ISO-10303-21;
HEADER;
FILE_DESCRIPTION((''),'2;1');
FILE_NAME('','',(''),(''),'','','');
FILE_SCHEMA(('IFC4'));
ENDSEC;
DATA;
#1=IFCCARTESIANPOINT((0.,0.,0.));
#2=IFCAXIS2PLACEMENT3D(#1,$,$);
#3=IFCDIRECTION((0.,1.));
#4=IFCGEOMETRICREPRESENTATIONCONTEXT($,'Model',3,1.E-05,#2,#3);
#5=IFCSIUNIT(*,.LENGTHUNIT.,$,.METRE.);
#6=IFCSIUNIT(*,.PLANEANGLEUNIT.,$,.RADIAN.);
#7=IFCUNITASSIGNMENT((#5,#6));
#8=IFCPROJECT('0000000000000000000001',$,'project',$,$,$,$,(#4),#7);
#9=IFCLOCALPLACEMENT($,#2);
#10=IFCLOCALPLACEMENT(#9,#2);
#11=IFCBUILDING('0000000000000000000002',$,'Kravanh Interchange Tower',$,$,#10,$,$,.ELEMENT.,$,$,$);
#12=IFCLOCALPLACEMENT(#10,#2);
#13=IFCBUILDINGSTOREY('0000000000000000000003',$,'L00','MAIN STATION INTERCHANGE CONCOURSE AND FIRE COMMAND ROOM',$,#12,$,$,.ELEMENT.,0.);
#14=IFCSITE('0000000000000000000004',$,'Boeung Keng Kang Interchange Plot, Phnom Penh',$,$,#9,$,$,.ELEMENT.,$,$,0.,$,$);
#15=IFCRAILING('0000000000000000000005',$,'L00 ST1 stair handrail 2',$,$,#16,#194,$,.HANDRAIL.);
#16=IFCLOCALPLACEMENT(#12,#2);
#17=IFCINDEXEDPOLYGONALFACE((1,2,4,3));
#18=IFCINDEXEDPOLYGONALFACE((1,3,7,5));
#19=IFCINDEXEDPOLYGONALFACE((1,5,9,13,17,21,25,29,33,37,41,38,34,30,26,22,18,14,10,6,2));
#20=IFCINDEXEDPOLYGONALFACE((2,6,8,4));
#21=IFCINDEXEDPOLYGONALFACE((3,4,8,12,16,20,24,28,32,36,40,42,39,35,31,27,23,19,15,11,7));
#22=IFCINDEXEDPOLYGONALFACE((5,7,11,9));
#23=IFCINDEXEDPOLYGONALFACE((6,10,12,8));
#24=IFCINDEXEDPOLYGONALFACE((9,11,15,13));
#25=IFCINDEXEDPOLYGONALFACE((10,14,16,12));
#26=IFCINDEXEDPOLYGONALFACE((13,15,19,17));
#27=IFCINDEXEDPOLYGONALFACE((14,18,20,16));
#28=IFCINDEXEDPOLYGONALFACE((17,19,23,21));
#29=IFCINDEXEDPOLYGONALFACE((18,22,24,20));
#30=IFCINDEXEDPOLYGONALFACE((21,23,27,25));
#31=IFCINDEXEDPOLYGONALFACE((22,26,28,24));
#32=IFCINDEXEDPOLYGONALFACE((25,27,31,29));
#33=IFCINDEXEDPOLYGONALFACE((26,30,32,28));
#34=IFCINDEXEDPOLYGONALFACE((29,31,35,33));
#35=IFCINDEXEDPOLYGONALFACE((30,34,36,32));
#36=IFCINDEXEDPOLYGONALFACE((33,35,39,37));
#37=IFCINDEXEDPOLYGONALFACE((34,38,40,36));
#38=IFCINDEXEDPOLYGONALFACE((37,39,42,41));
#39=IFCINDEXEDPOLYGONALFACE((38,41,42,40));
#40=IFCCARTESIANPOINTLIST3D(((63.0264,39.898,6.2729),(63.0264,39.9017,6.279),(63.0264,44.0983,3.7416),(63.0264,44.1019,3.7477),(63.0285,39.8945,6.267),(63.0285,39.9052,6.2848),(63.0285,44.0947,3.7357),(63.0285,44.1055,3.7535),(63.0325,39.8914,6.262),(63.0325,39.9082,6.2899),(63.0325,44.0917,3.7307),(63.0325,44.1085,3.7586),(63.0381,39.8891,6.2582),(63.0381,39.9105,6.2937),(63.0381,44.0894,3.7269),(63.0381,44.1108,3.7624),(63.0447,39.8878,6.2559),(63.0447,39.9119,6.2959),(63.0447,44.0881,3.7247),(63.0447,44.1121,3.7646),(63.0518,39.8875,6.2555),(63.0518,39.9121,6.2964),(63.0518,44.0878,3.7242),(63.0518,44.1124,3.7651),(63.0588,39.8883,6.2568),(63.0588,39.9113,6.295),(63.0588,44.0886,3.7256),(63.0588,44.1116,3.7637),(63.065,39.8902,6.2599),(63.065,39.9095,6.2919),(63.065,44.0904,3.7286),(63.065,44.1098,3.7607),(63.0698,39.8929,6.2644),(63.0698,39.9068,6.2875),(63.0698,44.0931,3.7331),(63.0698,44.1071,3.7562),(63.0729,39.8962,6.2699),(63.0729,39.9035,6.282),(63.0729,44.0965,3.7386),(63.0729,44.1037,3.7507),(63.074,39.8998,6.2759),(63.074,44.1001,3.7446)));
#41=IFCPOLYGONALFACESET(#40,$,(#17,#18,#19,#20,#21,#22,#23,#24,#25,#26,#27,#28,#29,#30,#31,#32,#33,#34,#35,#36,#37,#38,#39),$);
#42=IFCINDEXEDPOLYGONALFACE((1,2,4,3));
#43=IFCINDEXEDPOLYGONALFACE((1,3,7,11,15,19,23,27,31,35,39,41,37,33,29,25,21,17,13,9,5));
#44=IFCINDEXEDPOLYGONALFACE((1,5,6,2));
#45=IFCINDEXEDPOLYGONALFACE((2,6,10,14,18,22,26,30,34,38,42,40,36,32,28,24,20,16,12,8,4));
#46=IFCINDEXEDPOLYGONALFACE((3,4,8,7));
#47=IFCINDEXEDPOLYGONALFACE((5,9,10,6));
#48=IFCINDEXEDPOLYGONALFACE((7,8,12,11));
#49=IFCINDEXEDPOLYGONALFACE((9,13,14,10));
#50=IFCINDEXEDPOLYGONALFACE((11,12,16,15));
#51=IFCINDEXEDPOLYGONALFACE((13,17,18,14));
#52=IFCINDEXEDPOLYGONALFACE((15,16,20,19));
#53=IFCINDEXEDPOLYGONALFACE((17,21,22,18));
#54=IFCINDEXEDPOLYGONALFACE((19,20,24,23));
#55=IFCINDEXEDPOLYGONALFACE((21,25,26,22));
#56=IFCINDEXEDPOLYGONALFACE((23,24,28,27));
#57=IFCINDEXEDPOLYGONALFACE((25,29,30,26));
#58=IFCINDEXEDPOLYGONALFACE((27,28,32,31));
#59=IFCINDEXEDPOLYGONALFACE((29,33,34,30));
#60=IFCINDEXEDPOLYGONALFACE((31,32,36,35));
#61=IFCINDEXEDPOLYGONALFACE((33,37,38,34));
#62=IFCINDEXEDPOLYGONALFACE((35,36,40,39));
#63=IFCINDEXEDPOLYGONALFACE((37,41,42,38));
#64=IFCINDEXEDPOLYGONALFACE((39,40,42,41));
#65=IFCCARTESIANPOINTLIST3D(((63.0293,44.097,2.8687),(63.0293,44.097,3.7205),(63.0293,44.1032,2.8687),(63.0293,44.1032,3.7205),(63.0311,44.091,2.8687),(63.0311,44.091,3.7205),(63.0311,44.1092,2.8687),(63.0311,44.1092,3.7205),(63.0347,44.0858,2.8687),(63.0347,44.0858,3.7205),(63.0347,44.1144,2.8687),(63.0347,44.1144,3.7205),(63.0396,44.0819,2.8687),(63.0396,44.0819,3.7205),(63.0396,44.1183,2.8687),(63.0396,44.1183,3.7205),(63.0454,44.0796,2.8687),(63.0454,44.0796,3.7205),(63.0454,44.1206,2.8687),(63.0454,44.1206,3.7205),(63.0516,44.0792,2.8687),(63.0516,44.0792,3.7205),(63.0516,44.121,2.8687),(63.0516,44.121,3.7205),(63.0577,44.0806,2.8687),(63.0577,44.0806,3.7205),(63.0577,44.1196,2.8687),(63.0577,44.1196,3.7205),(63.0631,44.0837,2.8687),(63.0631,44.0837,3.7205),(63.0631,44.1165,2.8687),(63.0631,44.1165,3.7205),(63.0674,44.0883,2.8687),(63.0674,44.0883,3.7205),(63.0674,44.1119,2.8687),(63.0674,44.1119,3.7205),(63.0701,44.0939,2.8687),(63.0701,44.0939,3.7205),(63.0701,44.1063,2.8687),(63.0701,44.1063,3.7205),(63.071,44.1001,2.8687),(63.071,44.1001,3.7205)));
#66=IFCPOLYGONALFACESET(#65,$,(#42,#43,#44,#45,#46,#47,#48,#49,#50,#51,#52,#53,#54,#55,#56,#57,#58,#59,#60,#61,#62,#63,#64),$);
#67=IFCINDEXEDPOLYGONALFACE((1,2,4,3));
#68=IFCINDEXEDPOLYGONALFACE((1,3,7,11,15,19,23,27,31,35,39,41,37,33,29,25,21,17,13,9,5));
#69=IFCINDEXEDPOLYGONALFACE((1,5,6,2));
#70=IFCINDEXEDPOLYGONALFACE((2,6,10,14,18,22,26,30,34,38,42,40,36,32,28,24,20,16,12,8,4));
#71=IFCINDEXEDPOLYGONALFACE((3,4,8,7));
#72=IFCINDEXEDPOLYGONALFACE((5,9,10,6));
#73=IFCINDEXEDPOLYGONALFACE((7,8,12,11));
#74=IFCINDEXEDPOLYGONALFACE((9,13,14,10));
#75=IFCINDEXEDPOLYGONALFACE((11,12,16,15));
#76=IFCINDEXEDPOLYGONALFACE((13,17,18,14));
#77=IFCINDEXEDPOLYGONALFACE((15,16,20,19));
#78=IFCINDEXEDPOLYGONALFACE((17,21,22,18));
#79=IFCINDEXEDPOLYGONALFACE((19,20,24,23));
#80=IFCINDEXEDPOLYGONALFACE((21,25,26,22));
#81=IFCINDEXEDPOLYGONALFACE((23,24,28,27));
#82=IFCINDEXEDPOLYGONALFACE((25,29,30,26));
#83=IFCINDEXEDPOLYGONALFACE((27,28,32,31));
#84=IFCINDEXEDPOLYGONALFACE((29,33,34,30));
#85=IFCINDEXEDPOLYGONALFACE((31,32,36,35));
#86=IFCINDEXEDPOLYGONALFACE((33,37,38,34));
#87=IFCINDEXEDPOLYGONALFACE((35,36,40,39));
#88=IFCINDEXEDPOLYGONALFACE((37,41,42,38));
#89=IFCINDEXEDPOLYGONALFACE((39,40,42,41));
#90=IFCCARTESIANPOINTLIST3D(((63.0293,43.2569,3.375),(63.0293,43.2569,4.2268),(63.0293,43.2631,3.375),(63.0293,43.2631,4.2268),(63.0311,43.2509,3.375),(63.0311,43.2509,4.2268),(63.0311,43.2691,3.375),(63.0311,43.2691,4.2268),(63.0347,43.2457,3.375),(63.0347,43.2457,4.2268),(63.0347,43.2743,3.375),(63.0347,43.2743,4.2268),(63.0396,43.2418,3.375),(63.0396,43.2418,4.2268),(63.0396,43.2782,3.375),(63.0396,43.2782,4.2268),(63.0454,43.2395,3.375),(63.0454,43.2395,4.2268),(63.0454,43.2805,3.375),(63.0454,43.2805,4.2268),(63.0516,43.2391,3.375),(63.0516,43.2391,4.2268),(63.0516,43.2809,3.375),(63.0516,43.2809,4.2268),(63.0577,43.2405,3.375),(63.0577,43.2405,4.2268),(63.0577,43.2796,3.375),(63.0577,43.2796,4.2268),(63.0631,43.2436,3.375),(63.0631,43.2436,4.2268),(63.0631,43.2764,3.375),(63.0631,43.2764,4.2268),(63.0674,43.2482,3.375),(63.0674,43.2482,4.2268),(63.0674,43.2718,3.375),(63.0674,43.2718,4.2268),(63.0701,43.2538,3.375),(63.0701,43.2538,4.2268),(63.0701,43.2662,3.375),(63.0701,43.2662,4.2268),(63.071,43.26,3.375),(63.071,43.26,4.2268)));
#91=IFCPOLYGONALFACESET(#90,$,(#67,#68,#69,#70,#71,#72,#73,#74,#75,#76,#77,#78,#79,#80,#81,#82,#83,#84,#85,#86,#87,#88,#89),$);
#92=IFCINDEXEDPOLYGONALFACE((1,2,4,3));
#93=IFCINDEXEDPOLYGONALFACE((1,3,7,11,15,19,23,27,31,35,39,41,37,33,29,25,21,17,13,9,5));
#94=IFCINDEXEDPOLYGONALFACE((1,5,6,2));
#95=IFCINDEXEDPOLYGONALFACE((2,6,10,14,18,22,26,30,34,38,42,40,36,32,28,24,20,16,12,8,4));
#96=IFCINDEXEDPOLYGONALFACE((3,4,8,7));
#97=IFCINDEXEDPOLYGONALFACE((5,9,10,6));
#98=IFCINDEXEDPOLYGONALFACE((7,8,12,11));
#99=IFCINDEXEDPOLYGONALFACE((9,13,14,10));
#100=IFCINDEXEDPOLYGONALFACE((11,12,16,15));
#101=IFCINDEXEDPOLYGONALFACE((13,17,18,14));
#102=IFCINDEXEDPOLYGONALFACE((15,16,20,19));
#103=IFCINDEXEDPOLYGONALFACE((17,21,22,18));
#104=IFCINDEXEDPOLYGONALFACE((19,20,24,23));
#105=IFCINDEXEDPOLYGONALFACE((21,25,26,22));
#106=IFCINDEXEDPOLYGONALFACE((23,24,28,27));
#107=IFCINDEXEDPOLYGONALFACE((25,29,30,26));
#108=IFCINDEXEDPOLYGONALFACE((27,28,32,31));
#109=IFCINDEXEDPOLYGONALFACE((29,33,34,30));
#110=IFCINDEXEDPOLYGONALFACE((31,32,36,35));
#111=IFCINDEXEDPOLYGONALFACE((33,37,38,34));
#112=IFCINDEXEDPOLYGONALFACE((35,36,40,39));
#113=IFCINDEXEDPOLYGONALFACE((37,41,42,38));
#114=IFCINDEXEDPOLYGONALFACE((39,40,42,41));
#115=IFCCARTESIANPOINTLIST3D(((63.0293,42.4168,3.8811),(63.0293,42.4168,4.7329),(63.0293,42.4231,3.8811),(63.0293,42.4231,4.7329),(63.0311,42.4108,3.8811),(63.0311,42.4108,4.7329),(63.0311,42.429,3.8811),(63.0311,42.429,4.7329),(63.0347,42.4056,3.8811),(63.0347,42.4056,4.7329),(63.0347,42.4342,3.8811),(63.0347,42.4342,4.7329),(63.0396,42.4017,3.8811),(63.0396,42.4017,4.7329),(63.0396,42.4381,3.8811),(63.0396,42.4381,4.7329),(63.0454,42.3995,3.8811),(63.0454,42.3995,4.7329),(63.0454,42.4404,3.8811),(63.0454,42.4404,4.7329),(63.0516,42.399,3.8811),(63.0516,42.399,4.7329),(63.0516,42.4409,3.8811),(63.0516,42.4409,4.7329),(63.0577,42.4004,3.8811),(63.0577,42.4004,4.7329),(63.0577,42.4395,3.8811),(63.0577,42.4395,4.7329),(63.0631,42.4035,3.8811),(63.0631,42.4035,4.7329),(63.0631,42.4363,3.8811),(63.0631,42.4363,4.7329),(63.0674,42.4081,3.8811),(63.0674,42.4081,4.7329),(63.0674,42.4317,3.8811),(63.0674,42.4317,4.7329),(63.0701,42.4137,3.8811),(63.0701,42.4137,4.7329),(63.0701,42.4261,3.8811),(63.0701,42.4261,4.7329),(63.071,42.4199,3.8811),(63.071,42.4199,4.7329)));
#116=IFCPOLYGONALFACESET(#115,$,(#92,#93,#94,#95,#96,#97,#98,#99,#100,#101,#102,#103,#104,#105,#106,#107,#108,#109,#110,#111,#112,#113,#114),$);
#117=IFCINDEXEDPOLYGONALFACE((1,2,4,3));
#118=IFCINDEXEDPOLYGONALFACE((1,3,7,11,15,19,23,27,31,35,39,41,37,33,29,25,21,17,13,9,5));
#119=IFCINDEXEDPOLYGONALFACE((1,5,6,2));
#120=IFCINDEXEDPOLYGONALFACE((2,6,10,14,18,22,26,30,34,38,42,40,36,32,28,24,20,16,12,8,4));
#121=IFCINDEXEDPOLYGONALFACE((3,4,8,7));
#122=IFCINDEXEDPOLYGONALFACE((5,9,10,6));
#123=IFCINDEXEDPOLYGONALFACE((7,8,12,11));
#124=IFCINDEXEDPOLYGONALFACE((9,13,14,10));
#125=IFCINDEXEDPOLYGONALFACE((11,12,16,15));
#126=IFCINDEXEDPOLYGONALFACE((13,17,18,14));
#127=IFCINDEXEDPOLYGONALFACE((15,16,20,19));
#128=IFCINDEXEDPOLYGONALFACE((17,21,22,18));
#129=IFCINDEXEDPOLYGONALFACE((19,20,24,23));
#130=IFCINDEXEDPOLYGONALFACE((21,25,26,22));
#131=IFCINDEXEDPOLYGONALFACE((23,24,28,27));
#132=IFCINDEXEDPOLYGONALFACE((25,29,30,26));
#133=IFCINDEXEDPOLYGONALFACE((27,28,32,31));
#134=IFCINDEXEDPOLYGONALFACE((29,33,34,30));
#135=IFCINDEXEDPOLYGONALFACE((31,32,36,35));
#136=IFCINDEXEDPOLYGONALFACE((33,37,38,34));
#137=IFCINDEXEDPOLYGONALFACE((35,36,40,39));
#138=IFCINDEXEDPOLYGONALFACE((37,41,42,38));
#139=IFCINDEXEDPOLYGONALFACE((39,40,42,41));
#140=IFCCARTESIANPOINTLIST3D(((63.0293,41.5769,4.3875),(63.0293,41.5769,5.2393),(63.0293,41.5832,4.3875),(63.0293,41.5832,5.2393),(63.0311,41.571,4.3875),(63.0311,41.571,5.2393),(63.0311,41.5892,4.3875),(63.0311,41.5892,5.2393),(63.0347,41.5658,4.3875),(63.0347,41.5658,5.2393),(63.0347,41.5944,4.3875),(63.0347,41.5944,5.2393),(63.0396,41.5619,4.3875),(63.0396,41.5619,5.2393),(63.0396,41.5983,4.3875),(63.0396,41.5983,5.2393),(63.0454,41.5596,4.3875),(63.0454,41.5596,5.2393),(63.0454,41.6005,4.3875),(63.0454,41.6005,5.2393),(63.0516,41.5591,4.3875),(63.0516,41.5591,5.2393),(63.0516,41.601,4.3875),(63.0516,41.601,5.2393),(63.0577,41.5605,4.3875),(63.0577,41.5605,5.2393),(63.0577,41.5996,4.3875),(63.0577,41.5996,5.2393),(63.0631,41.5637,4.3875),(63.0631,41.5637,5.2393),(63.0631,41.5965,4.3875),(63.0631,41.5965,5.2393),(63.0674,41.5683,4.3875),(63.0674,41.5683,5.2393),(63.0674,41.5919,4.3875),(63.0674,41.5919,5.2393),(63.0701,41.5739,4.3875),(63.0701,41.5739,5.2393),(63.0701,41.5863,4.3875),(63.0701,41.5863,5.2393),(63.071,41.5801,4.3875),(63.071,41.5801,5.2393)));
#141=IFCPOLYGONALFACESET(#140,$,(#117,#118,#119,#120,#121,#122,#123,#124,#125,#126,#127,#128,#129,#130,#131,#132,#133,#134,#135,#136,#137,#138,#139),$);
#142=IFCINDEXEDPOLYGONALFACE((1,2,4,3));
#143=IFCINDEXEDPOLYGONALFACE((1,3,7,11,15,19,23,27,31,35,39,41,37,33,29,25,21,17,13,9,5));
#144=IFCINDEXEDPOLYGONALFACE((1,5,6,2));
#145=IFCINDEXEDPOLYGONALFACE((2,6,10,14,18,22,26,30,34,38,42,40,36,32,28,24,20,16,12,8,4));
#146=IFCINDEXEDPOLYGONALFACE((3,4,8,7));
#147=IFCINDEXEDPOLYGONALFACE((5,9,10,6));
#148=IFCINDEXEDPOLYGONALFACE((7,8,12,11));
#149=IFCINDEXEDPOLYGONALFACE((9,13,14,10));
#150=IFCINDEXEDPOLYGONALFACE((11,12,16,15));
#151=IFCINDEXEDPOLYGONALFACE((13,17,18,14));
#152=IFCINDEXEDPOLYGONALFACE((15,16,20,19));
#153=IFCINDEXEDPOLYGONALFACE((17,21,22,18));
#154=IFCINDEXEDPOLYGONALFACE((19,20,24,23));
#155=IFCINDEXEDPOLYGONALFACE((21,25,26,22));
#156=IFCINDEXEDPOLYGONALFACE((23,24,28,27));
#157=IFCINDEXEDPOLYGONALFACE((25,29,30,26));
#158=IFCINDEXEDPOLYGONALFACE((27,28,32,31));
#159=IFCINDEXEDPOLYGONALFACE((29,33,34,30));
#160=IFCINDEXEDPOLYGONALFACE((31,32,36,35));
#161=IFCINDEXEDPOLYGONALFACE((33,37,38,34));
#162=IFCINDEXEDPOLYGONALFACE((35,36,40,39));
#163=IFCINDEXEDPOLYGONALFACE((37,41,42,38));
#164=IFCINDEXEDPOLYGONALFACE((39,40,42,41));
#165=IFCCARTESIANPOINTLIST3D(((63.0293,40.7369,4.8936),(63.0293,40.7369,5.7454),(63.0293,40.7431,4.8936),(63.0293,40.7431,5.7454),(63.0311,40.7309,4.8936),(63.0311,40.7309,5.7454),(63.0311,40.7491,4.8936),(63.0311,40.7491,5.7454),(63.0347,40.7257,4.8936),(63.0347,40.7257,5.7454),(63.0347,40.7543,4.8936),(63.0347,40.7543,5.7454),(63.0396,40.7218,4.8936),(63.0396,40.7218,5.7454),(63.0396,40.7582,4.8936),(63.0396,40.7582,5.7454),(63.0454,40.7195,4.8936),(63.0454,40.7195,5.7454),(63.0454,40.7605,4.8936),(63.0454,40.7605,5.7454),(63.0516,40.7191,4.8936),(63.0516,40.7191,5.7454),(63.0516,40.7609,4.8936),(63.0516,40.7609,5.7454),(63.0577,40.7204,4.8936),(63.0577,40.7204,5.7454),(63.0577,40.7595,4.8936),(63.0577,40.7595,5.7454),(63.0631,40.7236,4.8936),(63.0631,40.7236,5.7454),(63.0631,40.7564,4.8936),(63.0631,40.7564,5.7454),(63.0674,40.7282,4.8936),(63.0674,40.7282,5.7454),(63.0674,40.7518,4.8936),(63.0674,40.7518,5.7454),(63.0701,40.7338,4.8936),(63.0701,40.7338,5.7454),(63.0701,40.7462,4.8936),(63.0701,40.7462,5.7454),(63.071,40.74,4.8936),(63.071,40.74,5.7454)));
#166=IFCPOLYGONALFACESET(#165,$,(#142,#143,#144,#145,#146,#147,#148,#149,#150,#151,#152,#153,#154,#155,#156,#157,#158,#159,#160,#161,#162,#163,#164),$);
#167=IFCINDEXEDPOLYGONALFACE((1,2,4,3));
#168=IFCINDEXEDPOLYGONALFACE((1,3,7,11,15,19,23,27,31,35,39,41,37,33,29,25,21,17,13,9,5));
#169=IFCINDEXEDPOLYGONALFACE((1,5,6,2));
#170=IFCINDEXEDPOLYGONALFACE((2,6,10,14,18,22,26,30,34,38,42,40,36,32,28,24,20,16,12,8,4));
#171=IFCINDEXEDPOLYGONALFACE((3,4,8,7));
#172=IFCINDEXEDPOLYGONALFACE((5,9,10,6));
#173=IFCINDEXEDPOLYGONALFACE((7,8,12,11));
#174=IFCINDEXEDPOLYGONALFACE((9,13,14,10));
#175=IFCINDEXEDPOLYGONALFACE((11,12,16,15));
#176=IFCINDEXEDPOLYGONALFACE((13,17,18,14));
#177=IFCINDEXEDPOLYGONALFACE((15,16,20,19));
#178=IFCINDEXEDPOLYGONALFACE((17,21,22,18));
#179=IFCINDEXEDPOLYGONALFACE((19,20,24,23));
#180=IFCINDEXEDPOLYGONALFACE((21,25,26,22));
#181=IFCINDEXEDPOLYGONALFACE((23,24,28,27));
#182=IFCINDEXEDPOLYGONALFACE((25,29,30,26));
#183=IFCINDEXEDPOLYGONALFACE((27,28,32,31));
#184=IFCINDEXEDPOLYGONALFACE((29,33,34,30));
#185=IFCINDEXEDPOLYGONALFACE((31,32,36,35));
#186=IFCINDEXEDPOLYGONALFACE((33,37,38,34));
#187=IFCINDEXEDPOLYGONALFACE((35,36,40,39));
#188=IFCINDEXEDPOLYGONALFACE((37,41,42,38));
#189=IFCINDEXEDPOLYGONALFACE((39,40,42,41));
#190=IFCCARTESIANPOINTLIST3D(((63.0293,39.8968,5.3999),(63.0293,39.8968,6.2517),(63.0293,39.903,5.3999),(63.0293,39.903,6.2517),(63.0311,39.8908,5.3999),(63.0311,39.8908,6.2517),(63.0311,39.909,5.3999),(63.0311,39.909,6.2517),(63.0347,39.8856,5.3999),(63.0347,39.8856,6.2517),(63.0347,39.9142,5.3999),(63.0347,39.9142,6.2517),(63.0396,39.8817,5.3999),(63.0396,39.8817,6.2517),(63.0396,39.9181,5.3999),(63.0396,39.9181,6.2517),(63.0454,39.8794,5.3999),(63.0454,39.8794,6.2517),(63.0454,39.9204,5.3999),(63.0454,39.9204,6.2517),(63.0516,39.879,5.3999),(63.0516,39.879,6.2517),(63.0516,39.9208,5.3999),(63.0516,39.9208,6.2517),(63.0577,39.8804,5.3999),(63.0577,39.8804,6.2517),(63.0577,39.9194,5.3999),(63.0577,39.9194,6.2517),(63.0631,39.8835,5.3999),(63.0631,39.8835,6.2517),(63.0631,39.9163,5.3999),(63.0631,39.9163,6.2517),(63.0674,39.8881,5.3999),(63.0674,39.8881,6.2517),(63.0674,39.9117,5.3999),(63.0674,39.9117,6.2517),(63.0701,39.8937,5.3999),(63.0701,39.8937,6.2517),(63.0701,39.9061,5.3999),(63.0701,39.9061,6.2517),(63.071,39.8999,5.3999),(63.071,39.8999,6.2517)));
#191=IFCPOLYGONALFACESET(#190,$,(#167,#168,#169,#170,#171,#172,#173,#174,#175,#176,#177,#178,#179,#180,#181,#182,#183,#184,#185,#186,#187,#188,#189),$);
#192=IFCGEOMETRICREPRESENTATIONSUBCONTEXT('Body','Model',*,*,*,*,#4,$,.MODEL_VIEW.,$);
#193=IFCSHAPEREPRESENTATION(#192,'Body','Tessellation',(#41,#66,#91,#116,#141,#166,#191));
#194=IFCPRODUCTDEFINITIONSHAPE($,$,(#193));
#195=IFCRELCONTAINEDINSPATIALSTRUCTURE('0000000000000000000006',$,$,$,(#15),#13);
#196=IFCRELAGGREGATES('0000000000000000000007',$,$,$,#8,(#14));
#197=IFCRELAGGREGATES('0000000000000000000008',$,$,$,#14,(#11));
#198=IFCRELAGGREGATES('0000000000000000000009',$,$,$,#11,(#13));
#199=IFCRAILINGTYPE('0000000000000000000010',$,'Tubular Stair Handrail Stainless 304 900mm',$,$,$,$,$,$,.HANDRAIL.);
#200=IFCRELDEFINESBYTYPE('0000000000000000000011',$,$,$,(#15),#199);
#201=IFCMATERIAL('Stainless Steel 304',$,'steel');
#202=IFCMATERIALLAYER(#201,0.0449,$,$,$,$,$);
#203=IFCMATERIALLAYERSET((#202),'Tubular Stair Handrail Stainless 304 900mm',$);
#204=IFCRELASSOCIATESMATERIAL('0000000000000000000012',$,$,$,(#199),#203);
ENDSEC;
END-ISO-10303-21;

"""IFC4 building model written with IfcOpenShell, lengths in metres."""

from ifc_helpers import new_model, si_unit, direction, frame, origin, origin_2d, place, context, subcontext, project, spatial, circle, extrude, material, layer, layer_set, type_object, element, save


model = new_model("IFC4")

# Units and contexts
model_context = context("Model", 3, precision=1e-05, world=origin(), true_north=direction((0.0, 1.0)))
body_context = subcontext(model_context, "Body", "Model", "MODEL_VIEW")
ifc_project = project(units=[si_unit("LENGTHUNIT", "METRE"), si_unit("PLANEANGLEUNIT", "RADIAN")], contexts=[model_context])

# Site, building, storey
site_placement = place(None, origin())
site = spatial("IfcSite", under=ifc_project, at=site_placement, Name="Boeung Keng Kang Interchange Plot, Phnom Penh", CompositionType="ELEMENT", RefElevation=0.0)
building_placement = place(site_placement, origin())
building = spatial("IfcBuilding", under=site, at=building_placement, Name="Kravanh Interchange Tower", CompositionType="ELEMENT")
storey_placement = place(building_placement, origin())
storey = spatial("IfcBuildingStorey", under=building, at=storey_placement, Name="L00", Description="MAIN STATION INTERCHANGE CONCOURSE AND FIRE COMMAND ROOM", CompositionType="ELEMENT", Elevation=0.0)

# Railing
ifc_material_1 = material(Name="Stainless Steel 304", Category="steel")
ifc_layer_1 = layer(ifc_material_1, 0.0449)
ifc_layer_set_1 = layer_set([ifc_layer_1], Name="Tubular Stair Handrail Stainless 304 900mm")
railing_type_1 = type_object("IfcRailingType", Name="Tubular Stair Handrail Stainless 304 900mm", PredefinedType="HANDRAIL", material=ifc_layer_set_1)
railing_1_placement = place(storey_placement, frame((63.05, 44.1001, 2.8687)))
element("IfcRailing", 1, at=railing_1_placement, inside=storey, type_object=railing_type_1, Name="L00 ST1 stair handrail 2", PredefinedType="HANDRAIL", context=body_context, shape_type="SweptSolid", body=[
    extrude(circle(Radius=0.0239, at=origin_2d()), frame((0.0, 0.0, 0.876), z_axis=(0.0, -0.85649, 0.516164), x_axis=(1.0, 0.0, 0.0)), (0.0, 0.0, 1.0), 4.9041),
    extrude(circle(Radius=0.021, at=origin_2d()), origin(), (0.0, 0.0, 1.0), 0.8518),
    extrude(circle(Radius=0.021, at=origin_2d()), frame((0.0, -0.8401, 0.5063)), (0.0, 0.0, 1.0), 0.8518),
    extrude(circle(Radius=0.021, at=origin_2d()), frame((0.0, -1.6802, 1.0125)), (0.0, 0.0, 1.0), 0.8518),
    extrude(circle(Radius=0.021, at=origin_2d()), frame((0.0, -2.52, 1.5188)), (0.0, 0.0, 1.0), 0.8518),
    extrude(circle(Radius=0.021, at=origin_2d()), frame((0.0, -3.3601, 2.0249)), (0.0, 0.0, 1.0), 0.8518),
    extrude(circle(Radius=0.021, at=origin_2d()), frame((0.0, -4.2002, 2.5312)), (0.0, 0.0, 1.0), 0.8518),
])

save(model, "model.ifc")
